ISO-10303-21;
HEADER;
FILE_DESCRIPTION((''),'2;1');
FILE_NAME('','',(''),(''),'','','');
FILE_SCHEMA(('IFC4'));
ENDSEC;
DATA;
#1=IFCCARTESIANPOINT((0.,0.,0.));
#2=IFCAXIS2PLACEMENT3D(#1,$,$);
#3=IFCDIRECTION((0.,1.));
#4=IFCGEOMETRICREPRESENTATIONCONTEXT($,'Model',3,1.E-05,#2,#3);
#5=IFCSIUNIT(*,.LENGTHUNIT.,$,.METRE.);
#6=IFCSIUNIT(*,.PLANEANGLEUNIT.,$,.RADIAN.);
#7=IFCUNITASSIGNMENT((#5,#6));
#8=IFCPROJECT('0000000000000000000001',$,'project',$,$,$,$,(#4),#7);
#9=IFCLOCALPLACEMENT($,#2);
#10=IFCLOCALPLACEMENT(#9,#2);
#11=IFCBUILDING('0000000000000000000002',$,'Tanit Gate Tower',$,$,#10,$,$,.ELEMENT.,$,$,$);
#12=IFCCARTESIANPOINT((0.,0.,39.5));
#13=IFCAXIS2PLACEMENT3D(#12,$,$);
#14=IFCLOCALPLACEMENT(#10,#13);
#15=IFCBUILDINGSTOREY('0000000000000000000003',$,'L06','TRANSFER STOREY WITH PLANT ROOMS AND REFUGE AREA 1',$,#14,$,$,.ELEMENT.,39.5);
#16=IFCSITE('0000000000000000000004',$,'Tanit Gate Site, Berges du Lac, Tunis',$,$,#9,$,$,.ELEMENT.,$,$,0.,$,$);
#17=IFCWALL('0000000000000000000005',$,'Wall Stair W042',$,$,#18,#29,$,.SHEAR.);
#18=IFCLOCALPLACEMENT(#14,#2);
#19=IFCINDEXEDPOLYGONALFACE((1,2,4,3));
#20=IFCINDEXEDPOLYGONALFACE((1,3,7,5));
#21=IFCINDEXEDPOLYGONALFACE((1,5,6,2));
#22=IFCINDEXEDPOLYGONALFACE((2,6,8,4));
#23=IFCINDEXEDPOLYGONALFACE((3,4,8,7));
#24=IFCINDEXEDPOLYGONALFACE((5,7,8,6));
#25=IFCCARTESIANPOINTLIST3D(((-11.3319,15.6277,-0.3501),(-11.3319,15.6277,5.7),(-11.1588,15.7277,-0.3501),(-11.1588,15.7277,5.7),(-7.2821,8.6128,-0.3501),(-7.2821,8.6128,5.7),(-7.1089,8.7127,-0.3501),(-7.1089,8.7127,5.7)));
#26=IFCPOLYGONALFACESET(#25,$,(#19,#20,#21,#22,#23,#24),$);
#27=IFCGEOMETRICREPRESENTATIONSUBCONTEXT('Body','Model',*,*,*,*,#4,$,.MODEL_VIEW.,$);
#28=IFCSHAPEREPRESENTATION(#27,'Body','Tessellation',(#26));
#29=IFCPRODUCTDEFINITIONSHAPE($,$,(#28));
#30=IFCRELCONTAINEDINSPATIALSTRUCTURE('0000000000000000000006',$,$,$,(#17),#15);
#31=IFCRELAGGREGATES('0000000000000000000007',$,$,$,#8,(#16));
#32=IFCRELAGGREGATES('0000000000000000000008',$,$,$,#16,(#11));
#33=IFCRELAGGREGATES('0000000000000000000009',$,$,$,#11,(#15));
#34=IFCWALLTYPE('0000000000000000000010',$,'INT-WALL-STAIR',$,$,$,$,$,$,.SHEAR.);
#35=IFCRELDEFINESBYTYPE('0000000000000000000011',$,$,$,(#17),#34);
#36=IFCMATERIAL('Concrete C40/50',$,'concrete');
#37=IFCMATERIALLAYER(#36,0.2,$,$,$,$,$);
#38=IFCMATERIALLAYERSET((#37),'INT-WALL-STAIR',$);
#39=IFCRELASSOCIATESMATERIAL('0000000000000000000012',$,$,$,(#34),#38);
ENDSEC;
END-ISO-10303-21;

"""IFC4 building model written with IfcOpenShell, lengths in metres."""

from ifc_helpers import new_model, si_unit, direction, frame, frame_2d, origin, place, context, subcontext, project, spatial, rectangle, extrude, material, layer, layer_set, type_object, element, save


model = new_model("IFC4")

# Units and contexts
model_context = context("Model", 3, precision=1e-05, world=origin(), true_north=direction((0.0, 1.0)))
body_context = subcontext(model_context, "Body", "Model", "MODEL_VIEW")
ifc_project = project(units=[si_unit("LENGTHUNIT", "METRE"), si_unit("PLANEANGLEUNIT", "RADIAN")], contexts=[model_context])

# Site, building, storey
site_placement = place(None, origin())
site = spatial("IfcSite", under=ifc_project, at=site_placement, Name="Tanit Gate Site, Berges du Lac, Tunis", CompositionType="ELEMENT", RefElevation=0.0)
building_placement = place(site_placement, origin())
building = spatial("IfcBuilding", under=site, at=building_placement, Name="Tanit Gate Tower", CompositionType="ELEMENT")
storey_placement = place(building_placement, frame((0.0, 0.0, 39.5)))
storey = spatial("IfcBuildingStorey", under=building, at=storey_placement, Name="L06", Description="TRANSFER STOREY WITH PLANT ROOMS AND REFUGE AREA 1", CompositionType="ELEMENT", Elevation=39.5)

# Wall
ifc_material_1 = material(Name="Concrete C40/50", Category="concrete")
ifc_layer_1 = layer(ifc_material_1, 0.2)
ifc_layer_set_1 = layer_set([ifc_layer_1], Name="INT-WALL-STAIR")
wall_type_1 = type_object("IfcWallType", Name="INT-WALL-STAIR", PredefinedType="SHEAR", material=ifc_layer_set_1)
wall_1_placement = place(storey_placement, frame((-11.2454, 15.6777, -0.3501), z_axis=(0.0, 0.0, 1.0), x_axis=(0.499977, -0.866039, 0.0)))
element("IfcWall", 1, at=wall_1_placement, inside=storey, type_object=wall_type_1, Name="Wall Stair W042", PredefinedType="SHEAR", context=body_context, shape_type="SweptSolid", body=[
    extrude(rectangle(XDim=8.1001, YDim=0.2, at=frame_2d((4.05, 0.0))), origin(), (0.0, 0.0, 1.0), 6.05),
])

save(model, "model.ifc")
